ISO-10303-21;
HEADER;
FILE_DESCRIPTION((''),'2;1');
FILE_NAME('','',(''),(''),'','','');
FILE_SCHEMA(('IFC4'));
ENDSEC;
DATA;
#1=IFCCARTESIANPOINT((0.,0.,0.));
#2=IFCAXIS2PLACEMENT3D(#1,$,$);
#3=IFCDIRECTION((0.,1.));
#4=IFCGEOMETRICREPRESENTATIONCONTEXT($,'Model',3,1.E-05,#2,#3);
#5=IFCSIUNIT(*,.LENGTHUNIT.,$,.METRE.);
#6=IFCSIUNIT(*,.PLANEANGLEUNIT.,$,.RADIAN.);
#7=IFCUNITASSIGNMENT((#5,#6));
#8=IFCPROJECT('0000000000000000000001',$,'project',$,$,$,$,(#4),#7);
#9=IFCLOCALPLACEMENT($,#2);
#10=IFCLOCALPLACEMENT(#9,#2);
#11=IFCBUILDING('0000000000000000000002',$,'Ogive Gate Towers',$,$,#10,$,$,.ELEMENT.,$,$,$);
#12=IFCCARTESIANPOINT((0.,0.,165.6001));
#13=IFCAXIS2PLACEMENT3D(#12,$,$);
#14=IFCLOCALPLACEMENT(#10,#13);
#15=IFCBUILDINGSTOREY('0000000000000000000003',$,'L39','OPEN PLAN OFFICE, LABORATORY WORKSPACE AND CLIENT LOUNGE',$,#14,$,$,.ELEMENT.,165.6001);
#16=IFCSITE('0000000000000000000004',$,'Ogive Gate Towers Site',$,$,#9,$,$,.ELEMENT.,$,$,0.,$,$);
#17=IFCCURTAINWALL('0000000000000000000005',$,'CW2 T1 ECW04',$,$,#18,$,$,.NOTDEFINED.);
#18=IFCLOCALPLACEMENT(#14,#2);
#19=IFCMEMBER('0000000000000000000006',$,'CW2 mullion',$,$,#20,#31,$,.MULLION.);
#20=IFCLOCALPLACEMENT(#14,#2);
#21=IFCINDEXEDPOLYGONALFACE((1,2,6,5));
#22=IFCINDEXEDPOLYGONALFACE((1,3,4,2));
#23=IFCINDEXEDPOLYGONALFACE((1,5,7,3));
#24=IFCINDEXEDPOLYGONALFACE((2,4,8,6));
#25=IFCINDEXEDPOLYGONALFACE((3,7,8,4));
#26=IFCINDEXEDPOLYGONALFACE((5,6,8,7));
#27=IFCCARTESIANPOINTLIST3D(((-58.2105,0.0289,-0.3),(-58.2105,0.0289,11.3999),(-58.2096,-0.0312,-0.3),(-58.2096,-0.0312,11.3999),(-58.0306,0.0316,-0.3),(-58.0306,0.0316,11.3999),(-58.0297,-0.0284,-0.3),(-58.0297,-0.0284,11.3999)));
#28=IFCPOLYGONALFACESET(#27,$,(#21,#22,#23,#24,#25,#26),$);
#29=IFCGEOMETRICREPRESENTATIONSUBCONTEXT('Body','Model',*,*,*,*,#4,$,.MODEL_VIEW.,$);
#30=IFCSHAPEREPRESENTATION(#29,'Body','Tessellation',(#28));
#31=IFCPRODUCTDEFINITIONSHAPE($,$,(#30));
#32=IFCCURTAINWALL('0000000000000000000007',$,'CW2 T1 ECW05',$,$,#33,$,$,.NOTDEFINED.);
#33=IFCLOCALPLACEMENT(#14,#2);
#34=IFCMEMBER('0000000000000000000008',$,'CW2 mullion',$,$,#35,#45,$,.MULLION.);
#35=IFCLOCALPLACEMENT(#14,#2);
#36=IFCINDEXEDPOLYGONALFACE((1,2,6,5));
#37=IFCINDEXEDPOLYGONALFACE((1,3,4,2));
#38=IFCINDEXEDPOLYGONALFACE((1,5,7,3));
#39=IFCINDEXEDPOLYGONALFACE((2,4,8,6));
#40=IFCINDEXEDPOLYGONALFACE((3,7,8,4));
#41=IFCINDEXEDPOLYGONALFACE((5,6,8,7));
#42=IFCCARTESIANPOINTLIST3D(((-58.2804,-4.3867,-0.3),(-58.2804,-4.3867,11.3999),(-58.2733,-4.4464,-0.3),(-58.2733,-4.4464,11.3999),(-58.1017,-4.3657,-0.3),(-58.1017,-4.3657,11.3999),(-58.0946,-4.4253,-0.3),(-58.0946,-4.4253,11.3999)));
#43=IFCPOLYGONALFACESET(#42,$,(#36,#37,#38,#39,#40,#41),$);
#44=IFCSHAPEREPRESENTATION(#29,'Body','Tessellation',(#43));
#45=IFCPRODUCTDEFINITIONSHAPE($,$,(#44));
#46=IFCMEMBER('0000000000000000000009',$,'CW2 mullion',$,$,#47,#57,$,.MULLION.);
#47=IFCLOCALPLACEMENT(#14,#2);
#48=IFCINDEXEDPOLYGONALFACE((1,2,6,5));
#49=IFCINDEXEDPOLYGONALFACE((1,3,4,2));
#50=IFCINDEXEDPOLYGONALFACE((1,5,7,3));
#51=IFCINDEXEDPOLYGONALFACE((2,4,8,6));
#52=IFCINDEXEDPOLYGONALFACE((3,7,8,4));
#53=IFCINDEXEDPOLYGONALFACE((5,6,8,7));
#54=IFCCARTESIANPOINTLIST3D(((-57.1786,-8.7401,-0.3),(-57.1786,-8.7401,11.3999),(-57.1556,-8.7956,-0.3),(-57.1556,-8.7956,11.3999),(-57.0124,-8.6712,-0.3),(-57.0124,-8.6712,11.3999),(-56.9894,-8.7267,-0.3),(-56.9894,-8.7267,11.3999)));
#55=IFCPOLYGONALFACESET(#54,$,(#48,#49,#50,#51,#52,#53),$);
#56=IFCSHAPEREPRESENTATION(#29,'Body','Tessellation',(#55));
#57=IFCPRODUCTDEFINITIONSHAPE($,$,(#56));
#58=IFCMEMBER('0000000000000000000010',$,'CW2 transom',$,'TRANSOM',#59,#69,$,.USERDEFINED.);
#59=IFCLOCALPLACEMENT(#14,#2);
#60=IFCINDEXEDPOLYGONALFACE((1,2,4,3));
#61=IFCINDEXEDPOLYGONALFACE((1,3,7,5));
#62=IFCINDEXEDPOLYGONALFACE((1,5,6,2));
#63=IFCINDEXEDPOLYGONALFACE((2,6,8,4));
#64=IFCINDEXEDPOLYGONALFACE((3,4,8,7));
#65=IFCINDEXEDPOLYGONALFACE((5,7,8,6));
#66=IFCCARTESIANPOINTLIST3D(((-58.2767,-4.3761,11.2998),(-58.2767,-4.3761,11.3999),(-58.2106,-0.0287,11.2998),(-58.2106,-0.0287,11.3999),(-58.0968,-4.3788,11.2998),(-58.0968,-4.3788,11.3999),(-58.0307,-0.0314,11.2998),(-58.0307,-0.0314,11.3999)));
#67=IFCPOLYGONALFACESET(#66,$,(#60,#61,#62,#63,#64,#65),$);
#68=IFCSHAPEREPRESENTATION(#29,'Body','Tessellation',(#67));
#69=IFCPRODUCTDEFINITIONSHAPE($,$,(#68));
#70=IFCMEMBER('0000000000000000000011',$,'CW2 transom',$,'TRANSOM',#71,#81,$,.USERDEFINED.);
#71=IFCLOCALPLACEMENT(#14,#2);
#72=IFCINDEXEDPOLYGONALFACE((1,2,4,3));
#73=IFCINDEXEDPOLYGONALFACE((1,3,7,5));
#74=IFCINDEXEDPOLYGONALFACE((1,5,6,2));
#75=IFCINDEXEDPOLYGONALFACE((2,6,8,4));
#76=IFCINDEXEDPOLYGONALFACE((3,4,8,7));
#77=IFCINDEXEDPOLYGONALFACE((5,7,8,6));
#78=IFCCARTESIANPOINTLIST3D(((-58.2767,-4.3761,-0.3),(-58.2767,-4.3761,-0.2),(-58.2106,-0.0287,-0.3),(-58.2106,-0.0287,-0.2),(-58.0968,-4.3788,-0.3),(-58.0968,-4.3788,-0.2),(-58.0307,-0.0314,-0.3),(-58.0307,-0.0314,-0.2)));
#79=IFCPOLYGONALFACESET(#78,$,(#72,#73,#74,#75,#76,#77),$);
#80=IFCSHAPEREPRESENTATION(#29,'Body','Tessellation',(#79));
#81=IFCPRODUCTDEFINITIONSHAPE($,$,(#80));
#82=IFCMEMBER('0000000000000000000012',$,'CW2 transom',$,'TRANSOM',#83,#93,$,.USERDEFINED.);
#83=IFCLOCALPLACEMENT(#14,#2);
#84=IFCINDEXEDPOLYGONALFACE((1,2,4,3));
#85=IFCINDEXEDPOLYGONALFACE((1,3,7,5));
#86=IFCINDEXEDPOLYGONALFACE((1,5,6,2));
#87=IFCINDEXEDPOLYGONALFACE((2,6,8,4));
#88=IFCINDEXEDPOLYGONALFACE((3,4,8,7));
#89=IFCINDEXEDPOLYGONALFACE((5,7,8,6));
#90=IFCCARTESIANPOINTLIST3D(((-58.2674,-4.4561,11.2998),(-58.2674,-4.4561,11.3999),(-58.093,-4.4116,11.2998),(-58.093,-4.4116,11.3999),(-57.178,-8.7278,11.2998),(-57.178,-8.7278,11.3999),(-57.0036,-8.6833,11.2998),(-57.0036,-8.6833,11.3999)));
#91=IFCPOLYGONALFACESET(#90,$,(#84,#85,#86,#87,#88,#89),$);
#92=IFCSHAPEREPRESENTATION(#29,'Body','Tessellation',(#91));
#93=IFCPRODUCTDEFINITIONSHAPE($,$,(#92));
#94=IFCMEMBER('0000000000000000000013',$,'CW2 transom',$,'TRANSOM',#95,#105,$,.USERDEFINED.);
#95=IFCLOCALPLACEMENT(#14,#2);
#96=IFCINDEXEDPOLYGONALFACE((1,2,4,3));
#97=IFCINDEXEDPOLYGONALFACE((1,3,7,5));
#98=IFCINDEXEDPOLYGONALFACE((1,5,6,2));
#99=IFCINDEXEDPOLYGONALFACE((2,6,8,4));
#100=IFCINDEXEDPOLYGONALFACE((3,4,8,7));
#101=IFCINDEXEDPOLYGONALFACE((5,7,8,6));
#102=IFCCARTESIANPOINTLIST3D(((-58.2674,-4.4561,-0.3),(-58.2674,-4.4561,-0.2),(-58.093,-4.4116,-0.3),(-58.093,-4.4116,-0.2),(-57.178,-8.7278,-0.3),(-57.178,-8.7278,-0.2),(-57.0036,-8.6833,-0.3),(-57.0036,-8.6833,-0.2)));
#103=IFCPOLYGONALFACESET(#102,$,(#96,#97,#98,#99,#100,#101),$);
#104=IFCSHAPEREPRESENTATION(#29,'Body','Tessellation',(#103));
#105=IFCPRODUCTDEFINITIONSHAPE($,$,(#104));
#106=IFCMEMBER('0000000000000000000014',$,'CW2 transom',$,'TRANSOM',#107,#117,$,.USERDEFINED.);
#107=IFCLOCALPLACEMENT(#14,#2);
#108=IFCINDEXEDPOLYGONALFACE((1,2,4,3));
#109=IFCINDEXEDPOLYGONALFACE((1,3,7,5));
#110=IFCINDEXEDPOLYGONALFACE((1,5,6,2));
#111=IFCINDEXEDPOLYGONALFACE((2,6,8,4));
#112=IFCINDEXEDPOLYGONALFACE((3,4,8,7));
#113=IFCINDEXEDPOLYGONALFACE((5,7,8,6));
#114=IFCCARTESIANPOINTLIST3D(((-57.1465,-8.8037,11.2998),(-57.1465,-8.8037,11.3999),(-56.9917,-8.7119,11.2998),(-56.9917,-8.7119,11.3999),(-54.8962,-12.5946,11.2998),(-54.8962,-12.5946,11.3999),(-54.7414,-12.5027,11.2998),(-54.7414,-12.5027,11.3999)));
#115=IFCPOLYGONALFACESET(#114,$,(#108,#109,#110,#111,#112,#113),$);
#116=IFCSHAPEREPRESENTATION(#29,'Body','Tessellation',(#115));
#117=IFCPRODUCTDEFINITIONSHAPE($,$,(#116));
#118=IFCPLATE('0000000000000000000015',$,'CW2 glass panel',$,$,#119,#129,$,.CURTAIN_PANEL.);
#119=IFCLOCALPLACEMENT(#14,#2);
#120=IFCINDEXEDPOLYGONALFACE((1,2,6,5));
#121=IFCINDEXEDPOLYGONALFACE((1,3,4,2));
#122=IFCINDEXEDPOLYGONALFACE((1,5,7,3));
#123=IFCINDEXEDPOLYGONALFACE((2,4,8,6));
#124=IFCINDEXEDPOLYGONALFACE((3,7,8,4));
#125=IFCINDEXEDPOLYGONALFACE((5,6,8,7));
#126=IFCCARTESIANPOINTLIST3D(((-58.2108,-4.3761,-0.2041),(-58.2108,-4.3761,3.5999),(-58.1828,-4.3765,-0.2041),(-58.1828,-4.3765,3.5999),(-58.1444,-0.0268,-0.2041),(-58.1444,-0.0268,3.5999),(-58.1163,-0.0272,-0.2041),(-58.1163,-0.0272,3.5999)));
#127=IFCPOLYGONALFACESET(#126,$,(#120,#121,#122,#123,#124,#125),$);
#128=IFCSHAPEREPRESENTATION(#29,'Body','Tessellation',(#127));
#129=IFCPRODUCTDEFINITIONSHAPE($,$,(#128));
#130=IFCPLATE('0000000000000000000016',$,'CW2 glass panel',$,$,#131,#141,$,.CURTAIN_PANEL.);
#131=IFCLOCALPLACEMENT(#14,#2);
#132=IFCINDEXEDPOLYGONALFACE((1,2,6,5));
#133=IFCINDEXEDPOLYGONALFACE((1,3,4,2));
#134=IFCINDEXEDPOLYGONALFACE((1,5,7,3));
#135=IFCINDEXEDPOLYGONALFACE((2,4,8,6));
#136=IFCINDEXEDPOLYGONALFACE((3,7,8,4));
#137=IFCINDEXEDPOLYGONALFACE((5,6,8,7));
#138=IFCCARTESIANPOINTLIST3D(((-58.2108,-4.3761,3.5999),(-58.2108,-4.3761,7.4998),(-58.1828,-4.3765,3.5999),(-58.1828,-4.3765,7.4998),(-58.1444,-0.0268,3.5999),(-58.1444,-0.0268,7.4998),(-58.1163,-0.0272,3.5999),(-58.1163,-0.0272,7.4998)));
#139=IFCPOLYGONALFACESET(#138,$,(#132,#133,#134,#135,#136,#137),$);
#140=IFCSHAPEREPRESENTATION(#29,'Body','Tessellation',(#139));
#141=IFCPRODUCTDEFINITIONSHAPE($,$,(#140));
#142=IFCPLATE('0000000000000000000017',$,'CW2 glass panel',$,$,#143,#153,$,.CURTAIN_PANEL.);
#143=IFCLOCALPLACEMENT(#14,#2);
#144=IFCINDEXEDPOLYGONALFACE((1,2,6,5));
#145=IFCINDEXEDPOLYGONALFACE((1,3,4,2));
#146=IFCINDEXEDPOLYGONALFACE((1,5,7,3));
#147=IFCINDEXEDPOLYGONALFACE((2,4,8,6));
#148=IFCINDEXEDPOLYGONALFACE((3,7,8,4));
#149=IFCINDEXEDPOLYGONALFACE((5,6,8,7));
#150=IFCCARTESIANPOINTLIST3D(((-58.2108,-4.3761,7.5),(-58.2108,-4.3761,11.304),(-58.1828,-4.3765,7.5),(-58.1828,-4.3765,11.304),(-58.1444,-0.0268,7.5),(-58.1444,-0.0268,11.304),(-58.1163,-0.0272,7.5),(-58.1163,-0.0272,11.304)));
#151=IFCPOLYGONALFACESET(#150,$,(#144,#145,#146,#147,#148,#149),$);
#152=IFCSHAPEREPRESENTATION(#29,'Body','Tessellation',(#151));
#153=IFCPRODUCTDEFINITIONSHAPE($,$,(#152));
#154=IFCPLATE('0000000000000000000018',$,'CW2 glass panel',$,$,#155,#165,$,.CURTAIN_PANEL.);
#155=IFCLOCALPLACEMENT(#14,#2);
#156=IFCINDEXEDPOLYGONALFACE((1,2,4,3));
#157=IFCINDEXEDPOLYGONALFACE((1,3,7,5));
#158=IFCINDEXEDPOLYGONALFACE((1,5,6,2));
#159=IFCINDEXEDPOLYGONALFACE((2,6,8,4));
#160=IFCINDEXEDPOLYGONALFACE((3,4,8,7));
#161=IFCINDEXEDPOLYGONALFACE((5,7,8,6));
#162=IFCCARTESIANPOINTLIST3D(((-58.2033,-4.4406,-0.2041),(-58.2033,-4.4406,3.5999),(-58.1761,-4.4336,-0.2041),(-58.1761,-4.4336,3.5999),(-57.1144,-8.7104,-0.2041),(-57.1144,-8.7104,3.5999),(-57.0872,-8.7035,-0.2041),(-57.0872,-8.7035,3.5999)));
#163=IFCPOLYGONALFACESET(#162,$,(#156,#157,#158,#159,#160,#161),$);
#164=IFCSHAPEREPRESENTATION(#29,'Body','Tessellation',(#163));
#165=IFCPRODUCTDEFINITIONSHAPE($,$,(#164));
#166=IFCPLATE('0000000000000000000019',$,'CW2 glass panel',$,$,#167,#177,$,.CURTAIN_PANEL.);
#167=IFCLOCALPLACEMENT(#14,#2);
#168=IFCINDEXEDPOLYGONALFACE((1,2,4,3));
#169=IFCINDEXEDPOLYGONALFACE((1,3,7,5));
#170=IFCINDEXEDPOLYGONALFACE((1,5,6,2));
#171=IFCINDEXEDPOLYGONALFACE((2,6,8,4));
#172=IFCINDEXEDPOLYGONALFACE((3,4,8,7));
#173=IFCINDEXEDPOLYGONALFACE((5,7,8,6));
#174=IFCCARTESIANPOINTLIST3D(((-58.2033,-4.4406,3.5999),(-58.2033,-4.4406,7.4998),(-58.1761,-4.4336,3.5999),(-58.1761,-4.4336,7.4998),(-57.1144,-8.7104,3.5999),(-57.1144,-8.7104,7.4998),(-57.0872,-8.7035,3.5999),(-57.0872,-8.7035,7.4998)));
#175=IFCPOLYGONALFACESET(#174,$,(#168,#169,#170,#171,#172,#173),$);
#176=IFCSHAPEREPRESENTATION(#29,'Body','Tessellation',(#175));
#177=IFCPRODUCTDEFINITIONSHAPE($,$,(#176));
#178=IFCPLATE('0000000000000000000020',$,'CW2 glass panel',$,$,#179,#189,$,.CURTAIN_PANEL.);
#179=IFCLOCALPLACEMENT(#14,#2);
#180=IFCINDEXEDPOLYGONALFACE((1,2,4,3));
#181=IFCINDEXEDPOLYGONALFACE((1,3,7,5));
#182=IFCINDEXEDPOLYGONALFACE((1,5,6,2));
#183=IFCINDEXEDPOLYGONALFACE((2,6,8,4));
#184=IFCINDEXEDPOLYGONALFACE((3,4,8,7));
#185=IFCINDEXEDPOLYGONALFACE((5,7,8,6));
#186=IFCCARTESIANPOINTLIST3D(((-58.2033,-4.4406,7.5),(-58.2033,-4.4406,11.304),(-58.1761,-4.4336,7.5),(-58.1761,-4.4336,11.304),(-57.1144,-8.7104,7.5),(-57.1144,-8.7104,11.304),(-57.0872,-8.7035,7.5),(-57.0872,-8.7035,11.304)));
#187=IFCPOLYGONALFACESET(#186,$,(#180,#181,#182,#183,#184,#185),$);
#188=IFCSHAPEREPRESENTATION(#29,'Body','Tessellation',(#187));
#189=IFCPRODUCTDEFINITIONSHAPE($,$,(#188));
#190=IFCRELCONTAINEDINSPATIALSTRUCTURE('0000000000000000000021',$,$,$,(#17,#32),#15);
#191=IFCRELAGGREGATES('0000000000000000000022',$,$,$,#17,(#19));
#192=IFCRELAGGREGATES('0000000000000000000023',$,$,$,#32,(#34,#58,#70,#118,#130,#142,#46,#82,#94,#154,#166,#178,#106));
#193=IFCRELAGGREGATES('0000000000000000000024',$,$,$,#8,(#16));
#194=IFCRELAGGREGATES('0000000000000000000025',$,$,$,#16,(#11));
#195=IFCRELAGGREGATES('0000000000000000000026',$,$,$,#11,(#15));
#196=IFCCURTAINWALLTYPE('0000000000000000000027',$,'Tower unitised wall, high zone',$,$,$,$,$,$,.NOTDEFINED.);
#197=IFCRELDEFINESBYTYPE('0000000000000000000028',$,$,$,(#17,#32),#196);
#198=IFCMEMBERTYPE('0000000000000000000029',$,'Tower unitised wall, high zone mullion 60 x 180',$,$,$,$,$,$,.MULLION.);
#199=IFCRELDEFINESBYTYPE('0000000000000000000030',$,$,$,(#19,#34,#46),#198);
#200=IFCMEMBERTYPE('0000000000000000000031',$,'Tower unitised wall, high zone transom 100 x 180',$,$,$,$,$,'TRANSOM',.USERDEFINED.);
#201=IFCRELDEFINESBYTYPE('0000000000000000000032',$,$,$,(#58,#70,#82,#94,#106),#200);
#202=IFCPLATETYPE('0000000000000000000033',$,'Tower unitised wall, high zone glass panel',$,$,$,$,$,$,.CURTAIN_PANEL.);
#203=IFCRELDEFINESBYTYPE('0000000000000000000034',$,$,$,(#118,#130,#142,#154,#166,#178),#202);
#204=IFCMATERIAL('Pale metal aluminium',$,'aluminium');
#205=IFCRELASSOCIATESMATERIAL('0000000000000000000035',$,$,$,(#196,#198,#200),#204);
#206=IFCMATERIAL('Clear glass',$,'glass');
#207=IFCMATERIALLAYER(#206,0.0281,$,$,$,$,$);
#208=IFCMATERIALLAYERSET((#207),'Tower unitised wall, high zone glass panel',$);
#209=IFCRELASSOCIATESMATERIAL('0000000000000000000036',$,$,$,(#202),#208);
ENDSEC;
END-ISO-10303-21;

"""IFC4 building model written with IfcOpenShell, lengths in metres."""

from ifc_helpers import new_model, si_unit, direction, frame, origin, origin_2d, place, context, subcontext, project, spatial, rectangle, extrude, material, layer, layer_set, material_profile, profile_set, type_object, element, aggregate, save


model = new_model("IFC4")

# Units and contexts
model_context = context("Model", 3, precision=1e-05, world=origin(), true_north=direction((0.0, 1.0)))
body_context = subcontext(model_context, "Body", "Model", "MODEL_VIEW")
ifc_project = project(units=[si_unit("LENGTHUNIT", "METRE"), si_unit("PLANEANGLEUNIT", "RADIAN")], contexts=[model_context])

# Site, building, storey
site_placement = place(None, origin())
site = spatial("IfcSite", under=ifc_project, at=site_placement, Name="Ogive Gate Towers Site", CompositionType="ELEMENT", RefElevation=0.0)
building_placement = place(site_placement, origin())
building = spatial("IfcBuilding", under=site, at=building_placement, Name="Ogive Gate Towers", CompositionType="ELEMENT")
storey_placement = place(building_placement, frame((0.0, 0.0, 165.6001)))
storey = spatial("IfcBuildingStorey", under=building, at=storey_placement, Name="L39", Description="OPEN PLAN OFFICE, LABORATORY WORKSPACE AND CLIENT LOUNGE", CompositionType="ELEMENT", Elevation=165.6001)

# Curtain wall, member
ifc_material_1 = material(Name="Pale metal aluminium", Category="aluminium")
curtain_wall_type = type_object("IfcCurtainWallType", Name="Tower unitised wall, high zone", PredefinedType="NOTDEFINED", material=ifc_material_1)
curtain_wall_1_placement = place(storey_placement, origin())
curtain_wall_1 = element("IfcCurtainWall", 1, at=curtain_wall_1_placement, inside=storey, type_object=curtain_wall_type, Name="CW2 T1 ECW04", PredefinedType="NOTDEFINED")
ifc_material_profile_1 = material_profile(ifc_material_1, rectangle(XDim=0.1799, YDim=0.0601, at=origin_2d()), Name="60 x 180 aluminium box")
ifc_profile_set_1 = profile_set([ifc_material_profile_1], Name="Pale metal aluminium")
member_type_1 = type_object("IfcMemberType", Name="Tower unitised wall, high zone mullion 60 x 180", PredefinedType="MULLION", material=ifc_profile_set_1)
member_1_placement = place(storey_placement, frame((-58.1201, 0.0002, -0.3), z_axis=(0.0, 0.0, 1.0), x_axis=(-0.999883, -0.015271, 0.0)))
member_1 = element("IfcMember", 2, at=member_1_placement, type_object=member_type_1, Name="CW2 mullion", PredefinedType="MULLION", context=body_context, shape_type="SweptSolid", body=[
    extrude(rectangle(XDim=0.1799, YDim=0.0601, at=origin_2d()), origin(), (0.0, 0.0, 1.0), 11.7),
])
aggregate(curtain_wall_1, [member_1])

# Curtain wall, members, plates
curtain_wall_2_placement = place(storey_placement, origin())
curtain_wall_2 = element("IfcCurtainWall", 3, at=curtain_wall_2_placement, inside=storey, type_object=curtain_wall_type, Name="CW2 T1 ECW05", PredefinedType="NOTDEFINED")
member_2_placement = place(storey_placement, frame((-58.1875, -4.406, -0.3), z_axis=(0.0, 0.0, 1.0), x_axis=(-0.993138, -0.116948, 0.0)))
member_2 = element("IfcMember", 4, at=member_2_placement, type_object=member_type_1, Name="CW2 mullion", PredefinedType="MULLION", context=body_context, shape_type="SweptSolid", body=[
    extrude(rectangle(XDim=0.1799, YDim=0.0601, at=origin_2d()), origin(), (0.0, 0.0, 1.0), 11.7),
])
member_3_placement = place(storey_placement, frame((-57.084, -8.7334, -0.3), z_axis=(0.0, 0.0, 1.0), x_axis=(-0.92388, -0.382683, 0.0)))
member_3 = element("IfcMember", 5, at=member_3_placement, type_object=member_type_1, Name="CW2 mullion", PredefinedType="MULLION", context=body_context, shape_type="SweptSolid", body=[
    extrude(rectangle(XDim=0.1799, YDim=0.0601, at=origin_2d()), origin(), (0.0, 0.0, 1.0), 11.7),
])
ifc_material_profile_2 = material_profile(ifc_material_1, rectangle(XDim=0.1799, YDim=0.1001, at=origin_2d()), Name="100 x 180 aluminium box")
ifc_profile_set_2 = profile_set([ifc_material_profile_2], Name="Pale metal aluminium")
member_type_2 = type_object("IfcMemberType", Name="Tower unitised wall, high zone transom 100 x 180", ElementType="TRANSOM", PredefinedType="USERDEFINED", material=ifc_profile_set_2)
member_4_placement = place(storey_placement, frame((-58.1206, -0.03, 11.3499), z_axis=(-0.015217, -0.999884, 0.0), x_axis=(0.999884, -0.015217, 0.0)))
member_4 = element("IfcMember", 6, at=member_4_placement, type_object=member_type_2, Name="CW2 transom", ObjectType="TRANSOM", PredefinedType="USERDEFINED", context=body_context, shape_type="SweptSolid", body=[
    extrude(rectangle(XDim=0.1799, YDim=0.1001, at=origin_2d()), origin(), (0.0, 0.0, 1.0), 4.3479),
])
member_5_placement = place(storey_placement, frame((-58.1206, -0.03, -0.25), z_axis=(-0.015217, -0.999884, 0.0), x_axis=(0.999884, -0.015217, 0.0)))
member_5 = element("IfcMember", 7, at=member_5_placement, type_object=member_type_2, Name="CW2 transom", ObjectType="TRANSOM", PredefinedType="USERDEFINED", context=body_context, shape_type="SweptSolid", body=[
    extrude(rectangle(XDim=0.1799, YDim=0.1001, at=origin_2d()), origin(), (0.0, 0.0, 1.0), 4.3479),
])
member_6_placement = place(storey_placement, frame((-58.1802, -4.4338, 11.3499), z_axis=(0.247107, -0.968988, 0.0), x_axis=(0.968988, 0.247107, 0.0)))
member_6 = element("IfcMember", 8, at=member_6_placement, type_object=member_type_2, Name="CW2 transom", ObjectType="TRANSOM", PredefinedType="USERDEFINED", context=body_context, shape_type="SweptSolid", body=[
    extrude(rectangle(XDim=0.1799, YDim=0.1001, at=origin_2d()), origin(), (0.0, 0.0, 1.0), 4.4084),
])
member_7_placement = place(storey_placement, frame((-58.1802, -4.4338, -0.25), z_axis=(0.247107, -0.968988, 0.0), x_axis=(0.968988, 0.247107, 0.0)))
member_7 = element("IfcMember", 9, at=member_7_placement, type_object=member_type_2, Name="CW2 transom", ObjectType="TRANSOM", PredefinedType="USERDEFINED", context=body_context, shape_type="SweptSolid", body=[
    extrude(rectangle(XDim=0.1799, YDim=0.1001, at=origin_2d()), origin(), (0.0, 0.0, 1.0), 4.4084),
])
member_8_placement = place(storey_placement, frame((-57.0691, -8.7578, 11.3499), z_axis=(0.51045, -0.859907, 0.0), x_axis=(0.859907, 0.51045, 0.0)))
member_8 = element("IfcMember", 10, at=member_8_placement, type_object=member_type_2, Name="CW2 transom", ObjectType="TRANSOM", PredefinedType="USERDEFINED", context=body_context, shape_type="SweptSolid", body=[
    extrude(rectangle(XDim=0.1799, YDim=0.1001, at=origin_2d()), origin(), (0.0, 0.0, 1.0), 4.4084),
])
ifc_material_2 = material(Name="Clear glass", Category="glass")
ifc_layer = layer(ifc_material_2, 0.0281)
ifc_layer_set = layer_set([ifc_layer], Name="Tower unitised wall, high zone glass panel")
plate_type = type_object("IfcPlateType", Name="Tower unitised wall, high zone glass panel", PredefinedType="CURTAIN_PANEL", material=ifc_layer_set)
plate_1_placement = place(storey_placement, frame((-58.1636, -2.2017, -0.2041), z_axis=(0.0, 0.0, 1.0), x_axis=(-0.015271, -0.999883, 0.0)))
plate_1 = element("IfcPlate", 11, at=plate_1_placement, type_object=plate_type, Name="CW2 glass panel", PredefinedType="CURTAIN_PANEL", context=body_context, shape_type="SweptSolid", body=[
    extrude(rectangle(XDim=4.3499, YDim=0.0281, at=origin_2d()), origin(), (0.0, 0.0, 1.0), 3.804),
])
plate_2_placement = place(storey_placement, frame((-58.1636, -2.2017, 3.5999), z_axis=(0.0, 0.0, 1.0), x_axis=(-0.015271, -0.999883, 0.0)))
plate_2 = element("IfcPlate", 12, at=plate_2_placement, type_object=plate_type, Name="CW2 glass panel", PredefinedType="CURTAIN_PANEL", context=body_context, shape_type="SweptSolid", body=[
    extrude(rectangle(XDim=4.3499, YDim=0.0281, at=origin_2d()), origin(), (0.0, 0.0, 1.0), 3.8999),
])
plate_3_placement = place(storey_placement, frame((-58.1636, -2.2017, 7.5), z_axis=(0.0, 0.0, 1.0), x_axis=(-0.015271, -0.999883, 0.0)))
plate_3 = element("IfcPlate", 13, at=plate_3_placement, type_object=plate_type, Name="CW2 glass panel", PredefinedType="CURTAIN_PANEL", context=body_context, shape_type="SweptSolid", body=[
    extrude(rectangle(XDim=4.3499, YDim=0.0281, at=origin_2d()), origin(), (0.0, 0.0, 1.0), 3.804),
])
plate_4_placement = place(storey_placement, frame((-57.6453, -6.572, -0.2041), z_axis=(0.0, 0.0, 1.0), x_axis=(0.2471, -0.96899, 0.0)))
plate_4 = element("IfcPlate", 14, at=plate_4_placement, type_object=plate_type, Name="CW2 glass panel", PredefinedType="CURTAIN_PANEL", context=body_context, shape_type="SweptSolid", body=[
    extrude(rectangle(XDim=4.4065, YDim=0.0281, at=origin_2d()), origin(), (0.0, 0.0, 1.0), 3.804),
])
plate_5_placement = place(storey_placement, frame((-57.6453, -6.572, 3.5999), z_axis=(0.0, 0.0, 1.0), x_axis=(0.2471, -0.96899, 0.0)))
plate_5 = element("IfcPlate", 15, at=plate_5_placement, type_object=plate_type, Name="CW2 glass panel", PredefinedType="CURTAIN_PANEL", context=body_context, shape_type="SweptSolid", body=[
    extrude(rectangle(XDim=4.4065, YDim=0.0281, at=origin_2d()), origin(), (0.0, 0.0, 1.0), 3.8999),
])
plate_6_placement = place(storey_placement, frame((-57.6453, -6.572, 7.5), z_axis=(0.0, 0.0, 1.0), x_axis=(0.2471, -0.96899, 0.0)))
plate_6 = element("IfcPlate", 16, at=plate_6_placement, type_object=plate_type, Name="CW2 glass panel", PredefinedType="CURTAIN_PANEL", context=body_context, shape_type="SweptSolid", body=[
    extrude(rectangle(XDim=4.4065, YDim=0.0281, at=origin_2d()), origin(), (0.0, 0.0, 1.0), 3.804),
])
aggregate(curtain_wall_2, [member_2, member_4, member_5, plate_1, plate_2, plate_3, member_3, member_6, member_7, plate_4, plate_5, plate_6, member_8])

save(model, "model.ifc")
